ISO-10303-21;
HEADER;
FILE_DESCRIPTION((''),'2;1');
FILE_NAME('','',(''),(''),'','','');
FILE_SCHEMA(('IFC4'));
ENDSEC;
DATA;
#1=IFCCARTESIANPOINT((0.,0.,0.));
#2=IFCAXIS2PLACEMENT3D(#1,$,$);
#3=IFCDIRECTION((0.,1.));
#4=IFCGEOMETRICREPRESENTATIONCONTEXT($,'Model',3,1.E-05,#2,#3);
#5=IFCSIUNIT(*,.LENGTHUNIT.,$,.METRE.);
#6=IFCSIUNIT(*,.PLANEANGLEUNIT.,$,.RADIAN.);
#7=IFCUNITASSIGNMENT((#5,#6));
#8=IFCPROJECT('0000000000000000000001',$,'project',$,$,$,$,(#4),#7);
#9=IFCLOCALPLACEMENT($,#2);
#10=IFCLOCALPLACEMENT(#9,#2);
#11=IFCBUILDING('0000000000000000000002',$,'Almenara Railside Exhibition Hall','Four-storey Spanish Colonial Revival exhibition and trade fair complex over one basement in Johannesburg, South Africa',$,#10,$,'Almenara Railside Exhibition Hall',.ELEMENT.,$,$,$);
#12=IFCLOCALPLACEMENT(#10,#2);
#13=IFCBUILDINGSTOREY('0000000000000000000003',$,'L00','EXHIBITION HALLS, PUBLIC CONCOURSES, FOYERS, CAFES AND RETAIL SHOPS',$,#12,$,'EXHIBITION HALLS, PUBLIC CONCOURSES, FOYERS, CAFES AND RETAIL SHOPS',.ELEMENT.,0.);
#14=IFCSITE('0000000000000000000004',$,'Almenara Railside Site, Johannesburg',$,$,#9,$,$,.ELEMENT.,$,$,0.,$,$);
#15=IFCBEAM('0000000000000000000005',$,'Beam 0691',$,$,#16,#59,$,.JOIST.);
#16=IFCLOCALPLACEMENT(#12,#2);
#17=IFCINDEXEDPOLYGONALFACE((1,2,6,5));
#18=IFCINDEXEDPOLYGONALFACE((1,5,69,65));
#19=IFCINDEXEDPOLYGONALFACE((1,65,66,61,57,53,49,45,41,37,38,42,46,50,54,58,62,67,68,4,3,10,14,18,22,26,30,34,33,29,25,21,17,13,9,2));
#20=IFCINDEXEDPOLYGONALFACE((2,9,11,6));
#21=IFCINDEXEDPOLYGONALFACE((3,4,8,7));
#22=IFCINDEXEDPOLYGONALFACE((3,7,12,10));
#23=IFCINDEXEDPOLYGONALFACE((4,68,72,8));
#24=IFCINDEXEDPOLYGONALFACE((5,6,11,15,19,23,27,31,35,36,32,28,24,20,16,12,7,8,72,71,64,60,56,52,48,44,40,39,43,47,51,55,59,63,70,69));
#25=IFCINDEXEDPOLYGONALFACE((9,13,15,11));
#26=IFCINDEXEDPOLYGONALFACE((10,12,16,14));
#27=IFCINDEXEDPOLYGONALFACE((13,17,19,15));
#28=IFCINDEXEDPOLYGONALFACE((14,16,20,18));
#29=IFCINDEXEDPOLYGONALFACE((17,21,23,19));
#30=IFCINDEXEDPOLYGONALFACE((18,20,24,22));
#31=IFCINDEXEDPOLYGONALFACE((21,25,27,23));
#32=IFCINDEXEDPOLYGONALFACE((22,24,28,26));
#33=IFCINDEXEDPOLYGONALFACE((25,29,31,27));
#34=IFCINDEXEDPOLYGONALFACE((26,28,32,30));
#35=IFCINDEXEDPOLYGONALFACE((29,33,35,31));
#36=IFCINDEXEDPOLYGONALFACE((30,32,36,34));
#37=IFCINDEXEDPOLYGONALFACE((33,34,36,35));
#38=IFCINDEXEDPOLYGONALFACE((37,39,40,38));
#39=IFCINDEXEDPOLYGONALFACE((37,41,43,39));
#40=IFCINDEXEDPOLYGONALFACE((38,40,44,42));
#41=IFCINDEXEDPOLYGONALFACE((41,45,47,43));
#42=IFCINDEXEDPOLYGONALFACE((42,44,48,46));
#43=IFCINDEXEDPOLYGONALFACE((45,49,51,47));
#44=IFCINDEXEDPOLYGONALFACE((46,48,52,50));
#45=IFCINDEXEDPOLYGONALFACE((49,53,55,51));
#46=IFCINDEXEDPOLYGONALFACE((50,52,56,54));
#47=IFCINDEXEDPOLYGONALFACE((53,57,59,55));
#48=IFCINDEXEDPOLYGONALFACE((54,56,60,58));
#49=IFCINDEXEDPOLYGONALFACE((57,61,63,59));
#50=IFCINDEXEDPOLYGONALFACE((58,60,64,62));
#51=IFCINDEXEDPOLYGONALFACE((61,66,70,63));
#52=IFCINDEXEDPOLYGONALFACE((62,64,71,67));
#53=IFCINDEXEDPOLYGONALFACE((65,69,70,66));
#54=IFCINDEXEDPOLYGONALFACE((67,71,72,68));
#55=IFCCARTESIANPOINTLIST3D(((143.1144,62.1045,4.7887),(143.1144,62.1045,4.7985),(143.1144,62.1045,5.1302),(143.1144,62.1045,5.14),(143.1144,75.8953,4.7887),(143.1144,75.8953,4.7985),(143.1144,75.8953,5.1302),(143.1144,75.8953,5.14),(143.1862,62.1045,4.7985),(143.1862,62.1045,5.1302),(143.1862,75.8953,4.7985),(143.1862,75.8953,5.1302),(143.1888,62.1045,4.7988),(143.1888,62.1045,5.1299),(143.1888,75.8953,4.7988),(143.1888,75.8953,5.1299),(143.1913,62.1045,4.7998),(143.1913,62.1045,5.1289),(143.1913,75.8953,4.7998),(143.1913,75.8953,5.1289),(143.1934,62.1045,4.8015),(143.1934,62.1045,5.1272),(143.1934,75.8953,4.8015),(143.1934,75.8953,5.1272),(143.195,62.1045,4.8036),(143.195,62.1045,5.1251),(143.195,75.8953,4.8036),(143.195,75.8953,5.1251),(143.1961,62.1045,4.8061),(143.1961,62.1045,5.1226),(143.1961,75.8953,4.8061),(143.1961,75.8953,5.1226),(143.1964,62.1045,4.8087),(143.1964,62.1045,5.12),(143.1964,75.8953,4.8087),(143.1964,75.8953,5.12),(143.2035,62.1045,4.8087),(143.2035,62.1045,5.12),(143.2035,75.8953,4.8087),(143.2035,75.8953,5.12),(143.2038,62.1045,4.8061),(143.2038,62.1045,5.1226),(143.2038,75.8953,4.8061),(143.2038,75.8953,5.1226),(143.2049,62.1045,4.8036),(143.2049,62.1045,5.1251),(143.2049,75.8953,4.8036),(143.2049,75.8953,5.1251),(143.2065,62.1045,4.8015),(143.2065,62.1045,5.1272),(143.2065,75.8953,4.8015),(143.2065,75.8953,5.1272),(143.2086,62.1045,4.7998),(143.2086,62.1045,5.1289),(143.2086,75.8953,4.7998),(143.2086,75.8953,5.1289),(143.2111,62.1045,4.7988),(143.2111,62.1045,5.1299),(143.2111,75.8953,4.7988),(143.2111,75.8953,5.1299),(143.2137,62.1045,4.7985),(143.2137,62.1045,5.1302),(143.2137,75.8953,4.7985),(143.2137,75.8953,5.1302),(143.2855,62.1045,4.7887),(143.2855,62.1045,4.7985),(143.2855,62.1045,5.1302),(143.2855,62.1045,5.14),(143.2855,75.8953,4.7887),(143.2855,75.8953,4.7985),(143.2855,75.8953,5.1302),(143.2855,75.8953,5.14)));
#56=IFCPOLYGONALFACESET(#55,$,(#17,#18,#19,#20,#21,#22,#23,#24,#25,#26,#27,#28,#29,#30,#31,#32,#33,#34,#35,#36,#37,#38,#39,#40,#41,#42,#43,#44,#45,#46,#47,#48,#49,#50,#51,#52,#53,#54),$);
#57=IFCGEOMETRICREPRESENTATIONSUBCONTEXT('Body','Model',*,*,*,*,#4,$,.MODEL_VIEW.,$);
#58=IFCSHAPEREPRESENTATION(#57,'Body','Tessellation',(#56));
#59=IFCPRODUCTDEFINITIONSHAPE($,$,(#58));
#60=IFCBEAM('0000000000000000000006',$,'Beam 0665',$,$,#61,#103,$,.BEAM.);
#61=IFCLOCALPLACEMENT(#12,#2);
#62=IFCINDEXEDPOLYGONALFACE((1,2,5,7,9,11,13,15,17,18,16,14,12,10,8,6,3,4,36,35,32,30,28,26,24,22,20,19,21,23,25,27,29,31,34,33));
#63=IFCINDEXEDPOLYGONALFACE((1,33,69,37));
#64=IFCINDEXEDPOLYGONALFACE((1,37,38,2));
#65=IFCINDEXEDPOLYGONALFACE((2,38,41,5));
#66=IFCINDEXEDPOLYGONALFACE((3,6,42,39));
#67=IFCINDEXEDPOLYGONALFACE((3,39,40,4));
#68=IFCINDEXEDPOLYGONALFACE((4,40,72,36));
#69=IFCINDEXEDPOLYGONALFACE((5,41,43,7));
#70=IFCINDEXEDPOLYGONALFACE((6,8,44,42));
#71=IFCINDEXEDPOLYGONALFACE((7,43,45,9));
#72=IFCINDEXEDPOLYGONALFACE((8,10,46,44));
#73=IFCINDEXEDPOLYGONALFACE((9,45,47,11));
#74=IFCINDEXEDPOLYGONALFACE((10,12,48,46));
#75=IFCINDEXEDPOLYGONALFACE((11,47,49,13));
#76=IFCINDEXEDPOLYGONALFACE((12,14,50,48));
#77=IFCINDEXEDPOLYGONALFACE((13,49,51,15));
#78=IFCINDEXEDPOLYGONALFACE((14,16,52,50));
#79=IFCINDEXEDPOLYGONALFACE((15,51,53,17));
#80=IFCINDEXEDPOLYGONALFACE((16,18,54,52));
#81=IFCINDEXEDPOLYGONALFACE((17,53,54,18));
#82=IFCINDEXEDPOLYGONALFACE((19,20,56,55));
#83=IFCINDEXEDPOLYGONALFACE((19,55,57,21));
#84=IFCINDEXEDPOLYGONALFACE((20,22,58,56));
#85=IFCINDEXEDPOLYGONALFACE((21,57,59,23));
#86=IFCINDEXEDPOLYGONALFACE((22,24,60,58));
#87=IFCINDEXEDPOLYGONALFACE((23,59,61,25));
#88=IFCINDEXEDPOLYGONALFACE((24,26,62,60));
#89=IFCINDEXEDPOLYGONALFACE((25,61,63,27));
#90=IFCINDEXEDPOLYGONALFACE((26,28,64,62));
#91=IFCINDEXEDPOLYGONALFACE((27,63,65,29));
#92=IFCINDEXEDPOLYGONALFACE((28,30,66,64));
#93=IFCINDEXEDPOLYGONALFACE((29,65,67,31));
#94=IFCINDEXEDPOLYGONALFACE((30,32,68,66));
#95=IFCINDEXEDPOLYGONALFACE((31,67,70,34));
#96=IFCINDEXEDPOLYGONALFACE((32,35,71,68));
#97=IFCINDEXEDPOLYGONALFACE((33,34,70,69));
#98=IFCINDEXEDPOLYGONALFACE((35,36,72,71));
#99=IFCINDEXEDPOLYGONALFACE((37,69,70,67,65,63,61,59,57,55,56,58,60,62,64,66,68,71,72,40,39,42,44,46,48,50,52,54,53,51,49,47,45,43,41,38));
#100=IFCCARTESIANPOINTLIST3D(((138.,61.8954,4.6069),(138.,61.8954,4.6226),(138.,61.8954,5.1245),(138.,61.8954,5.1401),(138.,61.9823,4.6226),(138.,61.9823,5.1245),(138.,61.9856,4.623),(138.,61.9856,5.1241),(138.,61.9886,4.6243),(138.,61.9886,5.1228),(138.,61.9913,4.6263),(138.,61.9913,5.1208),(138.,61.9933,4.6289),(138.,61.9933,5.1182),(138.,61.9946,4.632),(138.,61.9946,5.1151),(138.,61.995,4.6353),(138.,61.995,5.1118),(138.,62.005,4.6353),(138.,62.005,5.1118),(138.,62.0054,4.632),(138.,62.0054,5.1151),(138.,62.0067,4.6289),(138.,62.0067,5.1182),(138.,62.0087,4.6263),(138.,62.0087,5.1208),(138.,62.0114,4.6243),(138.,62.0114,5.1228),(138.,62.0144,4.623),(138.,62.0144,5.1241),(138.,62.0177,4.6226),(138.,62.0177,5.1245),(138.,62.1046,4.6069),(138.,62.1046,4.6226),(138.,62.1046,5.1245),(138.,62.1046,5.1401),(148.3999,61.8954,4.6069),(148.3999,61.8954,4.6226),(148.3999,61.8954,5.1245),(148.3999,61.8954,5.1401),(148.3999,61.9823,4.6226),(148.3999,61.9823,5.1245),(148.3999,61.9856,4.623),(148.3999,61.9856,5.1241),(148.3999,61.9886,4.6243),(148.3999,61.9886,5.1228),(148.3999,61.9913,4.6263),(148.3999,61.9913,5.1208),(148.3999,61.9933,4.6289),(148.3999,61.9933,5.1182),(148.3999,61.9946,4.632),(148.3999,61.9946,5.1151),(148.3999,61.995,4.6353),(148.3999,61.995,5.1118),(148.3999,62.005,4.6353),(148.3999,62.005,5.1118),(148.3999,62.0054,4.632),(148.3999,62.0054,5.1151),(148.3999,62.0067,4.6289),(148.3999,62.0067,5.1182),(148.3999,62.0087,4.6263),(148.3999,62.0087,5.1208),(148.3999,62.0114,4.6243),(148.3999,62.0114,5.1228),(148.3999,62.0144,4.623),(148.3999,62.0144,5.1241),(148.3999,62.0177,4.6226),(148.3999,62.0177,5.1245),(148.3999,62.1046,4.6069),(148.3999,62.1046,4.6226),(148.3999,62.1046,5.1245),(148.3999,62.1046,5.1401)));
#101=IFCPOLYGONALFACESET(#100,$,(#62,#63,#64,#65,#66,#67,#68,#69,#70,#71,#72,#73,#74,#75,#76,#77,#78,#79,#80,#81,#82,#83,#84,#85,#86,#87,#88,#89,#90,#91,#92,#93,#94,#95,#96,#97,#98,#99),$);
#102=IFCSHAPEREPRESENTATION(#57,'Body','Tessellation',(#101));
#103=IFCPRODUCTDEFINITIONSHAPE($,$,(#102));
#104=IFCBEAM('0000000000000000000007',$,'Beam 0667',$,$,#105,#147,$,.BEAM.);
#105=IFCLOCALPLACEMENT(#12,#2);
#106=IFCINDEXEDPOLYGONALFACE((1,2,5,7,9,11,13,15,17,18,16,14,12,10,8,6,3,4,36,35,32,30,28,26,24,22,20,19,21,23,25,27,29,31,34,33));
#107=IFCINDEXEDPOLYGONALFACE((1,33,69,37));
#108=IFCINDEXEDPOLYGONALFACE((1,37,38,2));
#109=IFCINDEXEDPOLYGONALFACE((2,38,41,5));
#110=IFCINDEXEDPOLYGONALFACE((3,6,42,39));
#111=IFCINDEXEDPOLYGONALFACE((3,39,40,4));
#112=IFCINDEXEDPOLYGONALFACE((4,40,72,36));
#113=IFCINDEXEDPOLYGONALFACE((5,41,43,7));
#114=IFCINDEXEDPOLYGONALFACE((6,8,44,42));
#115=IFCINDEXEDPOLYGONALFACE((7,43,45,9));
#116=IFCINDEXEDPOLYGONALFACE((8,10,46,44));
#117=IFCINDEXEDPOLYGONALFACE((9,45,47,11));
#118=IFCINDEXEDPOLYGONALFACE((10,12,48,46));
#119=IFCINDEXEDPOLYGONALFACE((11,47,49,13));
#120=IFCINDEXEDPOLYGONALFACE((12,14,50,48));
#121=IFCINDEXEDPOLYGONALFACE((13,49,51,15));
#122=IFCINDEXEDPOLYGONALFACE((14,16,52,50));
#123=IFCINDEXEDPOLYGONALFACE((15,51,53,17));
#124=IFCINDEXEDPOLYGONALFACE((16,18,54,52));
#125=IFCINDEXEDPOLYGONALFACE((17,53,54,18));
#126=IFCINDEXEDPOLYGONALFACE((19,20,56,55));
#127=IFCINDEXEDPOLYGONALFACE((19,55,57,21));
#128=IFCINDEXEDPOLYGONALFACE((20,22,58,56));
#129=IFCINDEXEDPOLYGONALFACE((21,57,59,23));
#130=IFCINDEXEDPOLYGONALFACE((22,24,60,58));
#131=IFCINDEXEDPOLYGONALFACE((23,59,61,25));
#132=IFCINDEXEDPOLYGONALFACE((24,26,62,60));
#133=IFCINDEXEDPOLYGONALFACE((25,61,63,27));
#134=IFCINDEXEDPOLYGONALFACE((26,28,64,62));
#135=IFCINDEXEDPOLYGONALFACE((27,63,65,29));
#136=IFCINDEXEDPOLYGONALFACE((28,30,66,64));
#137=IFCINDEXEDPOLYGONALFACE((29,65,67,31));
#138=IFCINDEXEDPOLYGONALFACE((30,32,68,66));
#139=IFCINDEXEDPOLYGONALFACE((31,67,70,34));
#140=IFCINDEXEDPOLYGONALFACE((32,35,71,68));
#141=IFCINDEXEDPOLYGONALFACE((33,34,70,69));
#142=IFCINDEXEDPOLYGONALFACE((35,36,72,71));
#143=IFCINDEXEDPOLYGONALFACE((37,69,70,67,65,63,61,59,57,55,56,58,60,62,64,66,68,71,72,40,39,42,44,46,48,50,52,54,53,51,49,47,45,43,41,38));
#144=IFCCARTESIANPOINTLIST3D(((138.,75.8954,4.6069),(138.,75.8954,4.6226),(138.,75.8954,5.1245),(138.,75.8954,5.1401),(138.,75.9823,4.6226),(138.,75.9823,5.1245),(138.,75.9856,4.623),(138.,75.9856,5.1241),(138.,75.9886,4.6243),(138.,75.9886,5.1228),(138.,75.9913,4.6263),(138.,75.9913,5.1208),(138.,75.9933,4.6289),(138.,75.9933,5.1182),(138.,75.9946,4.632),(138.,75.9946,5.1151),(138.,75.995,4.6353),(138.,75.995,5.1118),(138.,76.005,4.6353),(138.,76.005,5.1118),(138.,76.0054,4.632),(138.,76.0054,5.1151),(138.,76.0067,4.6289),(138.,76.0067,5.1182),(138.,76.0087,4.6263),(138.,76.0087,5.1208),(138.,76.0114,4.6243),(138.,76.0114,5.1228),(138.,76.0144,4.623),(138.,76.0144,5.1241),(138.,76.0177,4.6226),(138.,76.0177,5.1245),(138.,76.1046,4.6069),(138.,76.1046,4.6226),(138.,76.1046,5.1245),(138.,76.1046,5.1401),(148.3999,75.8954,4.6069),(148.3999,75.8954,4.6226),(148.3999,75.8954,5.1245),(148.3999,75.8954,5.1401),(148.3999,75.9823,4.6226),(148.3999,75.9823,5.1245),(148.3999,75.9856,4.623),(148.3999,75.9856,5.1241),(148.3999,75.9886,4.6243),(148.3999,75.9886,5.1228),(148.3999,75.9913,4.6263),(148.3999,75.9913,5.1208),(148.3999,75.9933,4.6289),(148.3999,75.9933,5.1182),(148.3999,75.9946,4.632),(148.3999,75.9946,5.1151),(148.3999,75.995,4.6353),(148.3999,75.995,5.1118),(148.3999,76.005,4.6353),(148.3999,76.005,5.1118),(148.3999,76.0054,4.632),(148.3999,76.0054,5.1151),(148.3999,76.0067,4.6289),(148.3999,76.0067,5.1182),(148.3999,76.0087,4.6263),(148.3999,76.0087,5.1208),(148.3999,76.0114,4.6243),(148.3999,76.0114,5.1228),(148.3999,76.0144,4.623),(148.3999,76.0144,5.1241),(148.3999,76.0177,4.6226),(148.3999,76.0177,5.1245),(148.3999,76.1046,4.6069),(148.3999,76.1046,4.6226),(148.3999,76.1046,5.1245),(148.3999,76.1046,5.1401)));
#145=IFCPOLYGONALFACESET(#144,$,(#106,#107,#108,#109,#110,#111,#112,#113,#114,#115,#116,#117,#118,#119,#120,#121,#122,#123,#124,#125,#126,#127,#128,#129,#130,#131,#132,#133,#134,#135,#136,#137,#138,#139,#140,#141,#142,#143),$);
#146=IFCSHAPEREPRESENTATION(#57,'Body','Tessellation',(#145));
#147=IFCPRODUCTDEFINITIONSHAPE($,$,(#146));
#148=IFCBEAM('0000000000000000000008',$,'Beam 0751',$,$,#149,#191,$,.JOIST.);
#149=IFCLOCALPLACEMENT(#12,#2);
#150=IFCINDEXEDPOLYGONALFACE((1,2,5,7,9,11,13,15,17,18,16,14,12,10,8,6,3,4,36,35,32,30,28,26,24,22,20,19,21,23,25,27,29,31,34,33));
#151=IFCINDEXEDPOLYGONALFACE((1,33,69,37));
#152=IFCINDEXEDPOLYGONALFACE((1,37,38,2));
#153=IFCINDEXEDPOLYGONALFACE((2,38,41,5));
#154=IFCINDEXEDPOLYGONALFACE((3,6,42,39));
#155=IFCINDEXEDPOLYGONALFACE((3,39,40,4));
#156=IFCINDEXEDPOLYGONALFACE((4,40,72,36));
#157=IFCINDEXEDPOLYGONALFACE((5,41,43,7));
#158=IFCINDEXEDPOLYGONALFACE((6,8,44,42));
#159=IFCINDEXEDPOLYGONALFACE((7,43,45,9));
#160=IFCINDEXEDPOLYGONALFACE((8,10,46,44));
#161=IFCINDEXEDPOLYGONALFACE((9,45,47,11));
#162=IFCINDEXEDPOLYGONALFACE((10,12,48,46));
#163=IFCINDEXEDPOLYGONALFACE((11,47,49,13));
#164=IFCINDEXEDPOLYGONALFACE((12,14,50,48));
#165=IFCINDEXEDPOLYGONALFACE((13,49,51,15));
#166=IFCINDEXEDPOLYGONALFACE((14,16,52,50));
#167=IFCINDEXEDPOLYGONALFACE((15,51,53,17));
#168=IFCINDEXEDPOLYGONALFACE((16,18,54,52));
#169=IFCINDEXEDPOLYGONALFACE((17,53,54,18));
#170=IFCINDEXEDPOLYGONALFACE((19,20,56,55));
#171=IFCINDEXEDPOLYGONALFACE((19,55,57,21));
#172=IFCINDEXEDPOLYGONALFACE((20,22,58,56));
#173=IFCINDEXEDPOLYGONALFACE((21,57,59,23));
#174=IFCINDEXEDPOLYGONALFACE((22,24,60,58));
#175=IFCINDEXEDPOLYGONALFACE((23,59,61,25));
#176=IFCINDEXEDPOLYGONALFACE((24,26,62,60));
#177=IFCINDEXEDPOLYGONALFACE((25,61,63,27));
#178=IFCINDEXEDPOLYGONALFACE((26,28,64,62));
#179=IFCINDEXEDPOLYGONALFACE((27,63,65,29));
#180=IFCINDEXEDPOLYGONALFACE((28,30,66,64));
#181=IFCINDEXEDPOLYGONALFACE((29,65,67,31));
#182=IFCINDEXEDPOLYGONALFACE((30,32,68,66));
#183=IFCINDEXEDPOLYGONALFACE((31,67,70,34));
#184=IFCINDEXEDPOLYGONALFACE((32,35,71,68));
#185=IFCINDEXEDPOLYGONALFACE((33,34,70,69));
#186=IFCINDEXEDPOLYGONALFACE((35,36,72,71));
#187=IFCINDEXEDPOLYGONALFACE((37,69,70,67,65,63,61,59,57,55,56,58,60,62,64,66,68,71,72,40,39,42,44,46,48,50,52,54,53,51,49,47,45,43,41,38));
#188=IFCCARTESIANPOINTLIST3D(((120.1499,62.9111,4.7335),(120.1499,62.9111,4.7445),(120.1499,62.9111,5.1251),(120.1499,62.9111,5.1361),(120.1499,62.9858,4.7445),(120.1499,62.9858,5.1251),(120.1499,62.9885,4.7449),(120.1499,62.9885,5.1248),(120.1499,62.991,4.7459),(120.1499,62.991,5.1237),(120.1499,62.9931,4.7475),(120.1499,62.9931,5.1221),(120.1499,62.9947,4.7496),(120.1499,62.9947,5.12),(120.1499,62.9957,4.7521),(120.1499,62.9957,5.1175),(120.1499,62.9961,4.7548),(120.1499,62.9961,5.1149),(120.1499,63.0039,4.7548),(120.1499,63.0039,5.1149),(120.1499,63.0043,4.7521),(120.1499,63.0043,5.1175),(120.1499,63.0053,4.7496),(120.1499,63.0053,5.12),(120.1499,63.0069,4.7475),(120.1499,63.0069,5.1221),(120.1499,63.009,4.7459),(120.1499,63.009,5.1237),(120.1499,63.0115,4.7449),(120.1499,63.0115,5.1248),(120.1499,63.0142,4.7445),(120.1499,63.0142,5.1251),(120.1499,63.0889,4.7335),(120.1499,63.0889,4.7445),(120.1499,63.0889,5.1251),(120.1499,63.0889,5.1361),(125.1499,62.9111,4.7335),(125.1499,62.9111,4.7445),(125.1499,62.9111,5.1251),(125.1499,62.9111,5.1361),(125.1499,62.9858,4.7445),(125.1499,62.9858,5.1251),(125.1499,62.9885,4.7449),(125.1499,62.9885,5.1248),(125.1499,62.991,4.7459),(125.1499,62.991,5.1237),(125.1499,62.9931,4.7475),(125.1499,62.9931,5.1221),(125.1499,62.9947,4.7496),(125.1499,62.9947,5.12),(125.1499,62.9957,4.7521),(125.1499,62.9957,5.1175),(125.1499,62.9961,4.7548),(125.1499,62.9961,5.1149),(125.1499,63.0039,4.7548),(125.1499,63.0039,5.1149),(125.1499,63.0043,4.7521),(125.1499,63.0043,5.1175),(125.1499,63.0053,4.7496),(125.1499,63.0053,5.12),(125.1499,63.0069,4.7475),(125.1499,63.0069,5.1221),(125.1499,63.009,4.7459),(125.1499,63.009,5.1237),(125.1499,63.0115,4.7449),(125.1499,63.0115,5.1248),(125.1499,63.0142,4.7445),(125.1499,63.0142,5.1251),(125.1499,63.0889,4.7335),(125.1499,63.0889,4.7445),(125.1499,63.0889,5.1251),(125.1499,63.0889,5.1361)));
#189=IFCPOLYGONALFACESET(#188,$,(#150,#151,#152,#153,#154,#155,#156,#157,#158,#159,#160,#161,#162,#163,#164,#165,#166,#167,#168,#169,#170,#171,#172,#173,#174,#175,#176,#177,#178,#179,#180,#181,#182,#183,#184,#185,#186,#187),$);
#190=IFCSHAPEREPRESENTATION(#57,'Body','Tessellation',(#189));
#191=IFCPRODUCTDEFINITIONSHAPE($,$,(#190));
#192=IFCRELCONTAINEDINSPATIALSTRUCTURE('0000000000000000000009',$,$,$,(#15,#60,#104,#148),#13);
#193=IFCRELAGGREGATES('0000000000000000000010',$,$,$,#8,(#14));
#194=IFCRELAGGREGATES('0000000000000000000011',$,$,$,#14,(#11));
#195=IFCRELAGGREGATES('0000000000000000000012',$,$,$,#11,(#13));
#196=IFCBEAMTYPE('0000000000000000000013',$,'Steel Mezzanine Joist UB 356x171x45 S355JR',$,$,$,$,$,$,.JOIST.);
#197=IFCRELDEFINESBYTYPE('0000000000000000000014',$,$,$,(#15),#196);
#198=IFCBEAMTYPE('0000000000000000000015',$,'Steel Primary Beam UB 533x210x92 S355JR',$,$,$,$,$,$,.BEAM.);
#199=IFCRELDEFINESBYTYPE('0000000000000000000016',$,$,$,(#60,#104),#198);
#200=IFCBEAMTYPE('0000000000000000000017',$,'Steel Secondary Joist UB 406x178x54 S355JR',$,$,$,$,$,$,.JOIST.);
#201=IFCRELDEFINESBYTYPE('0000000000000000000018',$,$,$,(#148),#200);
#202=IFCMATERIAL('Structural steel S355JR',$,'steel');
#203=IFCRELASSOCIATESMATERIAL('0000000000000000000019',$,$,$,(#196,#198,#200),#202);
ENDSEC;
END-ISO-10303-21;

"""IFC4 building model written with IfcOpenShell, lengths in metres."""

from ifc_helpers import new_model, si_unit, direction, frame, origin, origin_2d, place, context, subcontext, project, spatial, i_section, extrude, material, material_profile, profile_set, type_object, element, save


model = new_model("IFC4")

# Units and contexts
model_context = context("Model", 3, precision=1e-05, world=origin(), true_north=direction((0.0, 1.0)))
body_context = subcontext(model_context, "Body", "Model", "MODEL_VIEW")
ifc_project = project(units=[si_unit("LENGTHUNIT", "METRE"), si_unit("PLANEANGLEUNIT", "RADIAN")], contexts=[model_context])

# Site, building, storey
site_placement = place(None, origin())
site = spatial("IfcSite", under=ifc_project, at=site_placement, Name="Almenara Railside Site, Johannesburg", CompositionType="ELEMENT", RefElevation=0.0)
building_placement = place(site_placement, origin())
building = spatial("IfcBuilding", under=site, at=building_placement, Name="Almenara Railside Exhibition Hall", Description="Four-storey Spanish Colonial Revival exhibition and trade fair complex over one basement in Johannesburg, South Africa", LongName="Almenara Railside Exhibition Hall", CompositionType="ELEMENT")
storey_placement = place(building_placement, origin())
storey = spatial("IfcBuildingStorey", under=building, at=storey_placement, Name="L00", Description="EXHIBITION HALLS, PUBLIC CONCOURSES, FOYERS, CAFES AND RETAIL SHOPS", LongName="EXHIBITION HALLS, PUBLIC CONCOURSES, FOYERS, CAFES AND RETAIL SHOPS", CompositionType="ELEMENT", Elevation=0.0)

# Beams
ifc_material_1 = material(Name="Structural steel S355JR", Category="steel")
ifc_material_profile_1 = material_profile(ifc_material_1, i_section(OverallWidth=0.1711, OverallDepth=0.3513, WebThickness=0.0071, FlangeThickness=0.0098, FilletRadius=0.0103, at=origin_2d()), Name="UB 356x171x45")
ifc_profile_set_1 = profile_set([ifc_material_profile_1], Name="Structural steel S355JR")
beam_type_1 = type_object("IfcBeamType", Name="Steel Mezzanine Joist UB 356x171x45 S355JR", PredefinedType="JOIST", material=ifc_profile_set_1)
beam_1_placement = place(storey_placement, frame((143.2, 62.1045, 4.9644), z_axis=(0.0, 1.0, 0.0), x_axis=(-1.0, 0.0, 0.0)))
element("IfcBeam", 1, at=beam_1_placement, inside=storey, type_object=beam_type_1, Name="Beam 0691", PredefinedType="JOIST", context=body_context, shape_type="SweptSolid", body=[
    extrude(i_section(OverallWidth=0.1711, OverallDepth=0.3513, WebThickness=0.0071, FlangeThickness=0.0098, FilletRadius=0.0103, at=origin_2d()), origin(), (0.0, 0.0, 1.0), 13.7908),
])
ifc_material_profile_2 = material_profile(ifc_material_1, i_section(OverallWidth=0.2092, OverallDepth=0.5332, WebThickness=0.01, FlangeThickness=0.0156, FilletRadius=0.0127, at=origin_2d()), Name="UB 533x210x92")
ifc_profile_set_2 = profile_set([ifc_material_profile_2], Name="Structural steel S355JR")
beam_type_2 = type_object("IfcBeamType", Name="Steel Primary Beam UB 533x210x92 S355JR", PredefinedType="BEAM", material=ifc_profile_set_2)
for number, where, z_axis, x_axis, name in (
    (2, (138.0, 62.0, 4.8735), (1.0, 0.0, 0.0), (0.0, 1.0, 0.0), "Beam 0665"),
    (3, (138.0, 76.0, 4.8735), (1.0, 0.0, 0.0), (0.0, 1.0, 0.0), "Beam 0667"),
):
    element("IfcBeam", number, at=place(storey_placement, frame(where, z_axis=z_axis, x_axis=x_axis)), inside=storey, type_object=beam_type_2, Name=name, PredefinedType="BEAM", context=body_context, shape_type="SweptSolid", body=[
        extrude(i_section(OverallWidth=0.2092, OverallDepth=0.5332, WebThickness=0.01, FlangeThickness=0.0156, FilletRadius=0.0127, at=origin_2d()), origin(), (0.0, 0.0, 1.0), 10.3999),
    ])
ifc_material_profile_3 = material_profile(ifc_material_1, i_section(OverallWidth=0.1777, OverallDepth=0.4026, WebThickness=0.0078, FlangeThickness=0.011, FilletRadius=0.0103, at=origin_2d()), Name="UB 406x178x54")
ifc_profile_set_3 = profile_set([ifc_material_profile_3], Name="Structural steel S355JR")
beam_type_3 = type_object("IfcBeamType", Name="Steel Secondary Joist UB 406x178x54 S355JR", PredefinedType="JOIST", material=ifc_profile_set_3)
beam_2_placement = place(storey_placement, frame((120.1499, 63.0, 4.9348), z_axis=(1.0, 0.0, 0.0), x_axis=(0.0, 1.0, 0.0)))
element("IfcBeam", 4, at=beam_2_placement, inside=storey, type_object=beam_type_3, Name="Beam 0751", PredefinedType="JOIST", context=body_context, shape_type="SweptSolid", body=[
    extrude(i_section(OverallWidth=0.1777, OverallDepth=0.4026, WebThickness=0.0078, FlangeThickness=0.011, FilletRadius=0.0103, at=origin_2d()), origin(), (0.0, 0.0, 1.0), 5.0),
])

save(model, "model.ifc")
